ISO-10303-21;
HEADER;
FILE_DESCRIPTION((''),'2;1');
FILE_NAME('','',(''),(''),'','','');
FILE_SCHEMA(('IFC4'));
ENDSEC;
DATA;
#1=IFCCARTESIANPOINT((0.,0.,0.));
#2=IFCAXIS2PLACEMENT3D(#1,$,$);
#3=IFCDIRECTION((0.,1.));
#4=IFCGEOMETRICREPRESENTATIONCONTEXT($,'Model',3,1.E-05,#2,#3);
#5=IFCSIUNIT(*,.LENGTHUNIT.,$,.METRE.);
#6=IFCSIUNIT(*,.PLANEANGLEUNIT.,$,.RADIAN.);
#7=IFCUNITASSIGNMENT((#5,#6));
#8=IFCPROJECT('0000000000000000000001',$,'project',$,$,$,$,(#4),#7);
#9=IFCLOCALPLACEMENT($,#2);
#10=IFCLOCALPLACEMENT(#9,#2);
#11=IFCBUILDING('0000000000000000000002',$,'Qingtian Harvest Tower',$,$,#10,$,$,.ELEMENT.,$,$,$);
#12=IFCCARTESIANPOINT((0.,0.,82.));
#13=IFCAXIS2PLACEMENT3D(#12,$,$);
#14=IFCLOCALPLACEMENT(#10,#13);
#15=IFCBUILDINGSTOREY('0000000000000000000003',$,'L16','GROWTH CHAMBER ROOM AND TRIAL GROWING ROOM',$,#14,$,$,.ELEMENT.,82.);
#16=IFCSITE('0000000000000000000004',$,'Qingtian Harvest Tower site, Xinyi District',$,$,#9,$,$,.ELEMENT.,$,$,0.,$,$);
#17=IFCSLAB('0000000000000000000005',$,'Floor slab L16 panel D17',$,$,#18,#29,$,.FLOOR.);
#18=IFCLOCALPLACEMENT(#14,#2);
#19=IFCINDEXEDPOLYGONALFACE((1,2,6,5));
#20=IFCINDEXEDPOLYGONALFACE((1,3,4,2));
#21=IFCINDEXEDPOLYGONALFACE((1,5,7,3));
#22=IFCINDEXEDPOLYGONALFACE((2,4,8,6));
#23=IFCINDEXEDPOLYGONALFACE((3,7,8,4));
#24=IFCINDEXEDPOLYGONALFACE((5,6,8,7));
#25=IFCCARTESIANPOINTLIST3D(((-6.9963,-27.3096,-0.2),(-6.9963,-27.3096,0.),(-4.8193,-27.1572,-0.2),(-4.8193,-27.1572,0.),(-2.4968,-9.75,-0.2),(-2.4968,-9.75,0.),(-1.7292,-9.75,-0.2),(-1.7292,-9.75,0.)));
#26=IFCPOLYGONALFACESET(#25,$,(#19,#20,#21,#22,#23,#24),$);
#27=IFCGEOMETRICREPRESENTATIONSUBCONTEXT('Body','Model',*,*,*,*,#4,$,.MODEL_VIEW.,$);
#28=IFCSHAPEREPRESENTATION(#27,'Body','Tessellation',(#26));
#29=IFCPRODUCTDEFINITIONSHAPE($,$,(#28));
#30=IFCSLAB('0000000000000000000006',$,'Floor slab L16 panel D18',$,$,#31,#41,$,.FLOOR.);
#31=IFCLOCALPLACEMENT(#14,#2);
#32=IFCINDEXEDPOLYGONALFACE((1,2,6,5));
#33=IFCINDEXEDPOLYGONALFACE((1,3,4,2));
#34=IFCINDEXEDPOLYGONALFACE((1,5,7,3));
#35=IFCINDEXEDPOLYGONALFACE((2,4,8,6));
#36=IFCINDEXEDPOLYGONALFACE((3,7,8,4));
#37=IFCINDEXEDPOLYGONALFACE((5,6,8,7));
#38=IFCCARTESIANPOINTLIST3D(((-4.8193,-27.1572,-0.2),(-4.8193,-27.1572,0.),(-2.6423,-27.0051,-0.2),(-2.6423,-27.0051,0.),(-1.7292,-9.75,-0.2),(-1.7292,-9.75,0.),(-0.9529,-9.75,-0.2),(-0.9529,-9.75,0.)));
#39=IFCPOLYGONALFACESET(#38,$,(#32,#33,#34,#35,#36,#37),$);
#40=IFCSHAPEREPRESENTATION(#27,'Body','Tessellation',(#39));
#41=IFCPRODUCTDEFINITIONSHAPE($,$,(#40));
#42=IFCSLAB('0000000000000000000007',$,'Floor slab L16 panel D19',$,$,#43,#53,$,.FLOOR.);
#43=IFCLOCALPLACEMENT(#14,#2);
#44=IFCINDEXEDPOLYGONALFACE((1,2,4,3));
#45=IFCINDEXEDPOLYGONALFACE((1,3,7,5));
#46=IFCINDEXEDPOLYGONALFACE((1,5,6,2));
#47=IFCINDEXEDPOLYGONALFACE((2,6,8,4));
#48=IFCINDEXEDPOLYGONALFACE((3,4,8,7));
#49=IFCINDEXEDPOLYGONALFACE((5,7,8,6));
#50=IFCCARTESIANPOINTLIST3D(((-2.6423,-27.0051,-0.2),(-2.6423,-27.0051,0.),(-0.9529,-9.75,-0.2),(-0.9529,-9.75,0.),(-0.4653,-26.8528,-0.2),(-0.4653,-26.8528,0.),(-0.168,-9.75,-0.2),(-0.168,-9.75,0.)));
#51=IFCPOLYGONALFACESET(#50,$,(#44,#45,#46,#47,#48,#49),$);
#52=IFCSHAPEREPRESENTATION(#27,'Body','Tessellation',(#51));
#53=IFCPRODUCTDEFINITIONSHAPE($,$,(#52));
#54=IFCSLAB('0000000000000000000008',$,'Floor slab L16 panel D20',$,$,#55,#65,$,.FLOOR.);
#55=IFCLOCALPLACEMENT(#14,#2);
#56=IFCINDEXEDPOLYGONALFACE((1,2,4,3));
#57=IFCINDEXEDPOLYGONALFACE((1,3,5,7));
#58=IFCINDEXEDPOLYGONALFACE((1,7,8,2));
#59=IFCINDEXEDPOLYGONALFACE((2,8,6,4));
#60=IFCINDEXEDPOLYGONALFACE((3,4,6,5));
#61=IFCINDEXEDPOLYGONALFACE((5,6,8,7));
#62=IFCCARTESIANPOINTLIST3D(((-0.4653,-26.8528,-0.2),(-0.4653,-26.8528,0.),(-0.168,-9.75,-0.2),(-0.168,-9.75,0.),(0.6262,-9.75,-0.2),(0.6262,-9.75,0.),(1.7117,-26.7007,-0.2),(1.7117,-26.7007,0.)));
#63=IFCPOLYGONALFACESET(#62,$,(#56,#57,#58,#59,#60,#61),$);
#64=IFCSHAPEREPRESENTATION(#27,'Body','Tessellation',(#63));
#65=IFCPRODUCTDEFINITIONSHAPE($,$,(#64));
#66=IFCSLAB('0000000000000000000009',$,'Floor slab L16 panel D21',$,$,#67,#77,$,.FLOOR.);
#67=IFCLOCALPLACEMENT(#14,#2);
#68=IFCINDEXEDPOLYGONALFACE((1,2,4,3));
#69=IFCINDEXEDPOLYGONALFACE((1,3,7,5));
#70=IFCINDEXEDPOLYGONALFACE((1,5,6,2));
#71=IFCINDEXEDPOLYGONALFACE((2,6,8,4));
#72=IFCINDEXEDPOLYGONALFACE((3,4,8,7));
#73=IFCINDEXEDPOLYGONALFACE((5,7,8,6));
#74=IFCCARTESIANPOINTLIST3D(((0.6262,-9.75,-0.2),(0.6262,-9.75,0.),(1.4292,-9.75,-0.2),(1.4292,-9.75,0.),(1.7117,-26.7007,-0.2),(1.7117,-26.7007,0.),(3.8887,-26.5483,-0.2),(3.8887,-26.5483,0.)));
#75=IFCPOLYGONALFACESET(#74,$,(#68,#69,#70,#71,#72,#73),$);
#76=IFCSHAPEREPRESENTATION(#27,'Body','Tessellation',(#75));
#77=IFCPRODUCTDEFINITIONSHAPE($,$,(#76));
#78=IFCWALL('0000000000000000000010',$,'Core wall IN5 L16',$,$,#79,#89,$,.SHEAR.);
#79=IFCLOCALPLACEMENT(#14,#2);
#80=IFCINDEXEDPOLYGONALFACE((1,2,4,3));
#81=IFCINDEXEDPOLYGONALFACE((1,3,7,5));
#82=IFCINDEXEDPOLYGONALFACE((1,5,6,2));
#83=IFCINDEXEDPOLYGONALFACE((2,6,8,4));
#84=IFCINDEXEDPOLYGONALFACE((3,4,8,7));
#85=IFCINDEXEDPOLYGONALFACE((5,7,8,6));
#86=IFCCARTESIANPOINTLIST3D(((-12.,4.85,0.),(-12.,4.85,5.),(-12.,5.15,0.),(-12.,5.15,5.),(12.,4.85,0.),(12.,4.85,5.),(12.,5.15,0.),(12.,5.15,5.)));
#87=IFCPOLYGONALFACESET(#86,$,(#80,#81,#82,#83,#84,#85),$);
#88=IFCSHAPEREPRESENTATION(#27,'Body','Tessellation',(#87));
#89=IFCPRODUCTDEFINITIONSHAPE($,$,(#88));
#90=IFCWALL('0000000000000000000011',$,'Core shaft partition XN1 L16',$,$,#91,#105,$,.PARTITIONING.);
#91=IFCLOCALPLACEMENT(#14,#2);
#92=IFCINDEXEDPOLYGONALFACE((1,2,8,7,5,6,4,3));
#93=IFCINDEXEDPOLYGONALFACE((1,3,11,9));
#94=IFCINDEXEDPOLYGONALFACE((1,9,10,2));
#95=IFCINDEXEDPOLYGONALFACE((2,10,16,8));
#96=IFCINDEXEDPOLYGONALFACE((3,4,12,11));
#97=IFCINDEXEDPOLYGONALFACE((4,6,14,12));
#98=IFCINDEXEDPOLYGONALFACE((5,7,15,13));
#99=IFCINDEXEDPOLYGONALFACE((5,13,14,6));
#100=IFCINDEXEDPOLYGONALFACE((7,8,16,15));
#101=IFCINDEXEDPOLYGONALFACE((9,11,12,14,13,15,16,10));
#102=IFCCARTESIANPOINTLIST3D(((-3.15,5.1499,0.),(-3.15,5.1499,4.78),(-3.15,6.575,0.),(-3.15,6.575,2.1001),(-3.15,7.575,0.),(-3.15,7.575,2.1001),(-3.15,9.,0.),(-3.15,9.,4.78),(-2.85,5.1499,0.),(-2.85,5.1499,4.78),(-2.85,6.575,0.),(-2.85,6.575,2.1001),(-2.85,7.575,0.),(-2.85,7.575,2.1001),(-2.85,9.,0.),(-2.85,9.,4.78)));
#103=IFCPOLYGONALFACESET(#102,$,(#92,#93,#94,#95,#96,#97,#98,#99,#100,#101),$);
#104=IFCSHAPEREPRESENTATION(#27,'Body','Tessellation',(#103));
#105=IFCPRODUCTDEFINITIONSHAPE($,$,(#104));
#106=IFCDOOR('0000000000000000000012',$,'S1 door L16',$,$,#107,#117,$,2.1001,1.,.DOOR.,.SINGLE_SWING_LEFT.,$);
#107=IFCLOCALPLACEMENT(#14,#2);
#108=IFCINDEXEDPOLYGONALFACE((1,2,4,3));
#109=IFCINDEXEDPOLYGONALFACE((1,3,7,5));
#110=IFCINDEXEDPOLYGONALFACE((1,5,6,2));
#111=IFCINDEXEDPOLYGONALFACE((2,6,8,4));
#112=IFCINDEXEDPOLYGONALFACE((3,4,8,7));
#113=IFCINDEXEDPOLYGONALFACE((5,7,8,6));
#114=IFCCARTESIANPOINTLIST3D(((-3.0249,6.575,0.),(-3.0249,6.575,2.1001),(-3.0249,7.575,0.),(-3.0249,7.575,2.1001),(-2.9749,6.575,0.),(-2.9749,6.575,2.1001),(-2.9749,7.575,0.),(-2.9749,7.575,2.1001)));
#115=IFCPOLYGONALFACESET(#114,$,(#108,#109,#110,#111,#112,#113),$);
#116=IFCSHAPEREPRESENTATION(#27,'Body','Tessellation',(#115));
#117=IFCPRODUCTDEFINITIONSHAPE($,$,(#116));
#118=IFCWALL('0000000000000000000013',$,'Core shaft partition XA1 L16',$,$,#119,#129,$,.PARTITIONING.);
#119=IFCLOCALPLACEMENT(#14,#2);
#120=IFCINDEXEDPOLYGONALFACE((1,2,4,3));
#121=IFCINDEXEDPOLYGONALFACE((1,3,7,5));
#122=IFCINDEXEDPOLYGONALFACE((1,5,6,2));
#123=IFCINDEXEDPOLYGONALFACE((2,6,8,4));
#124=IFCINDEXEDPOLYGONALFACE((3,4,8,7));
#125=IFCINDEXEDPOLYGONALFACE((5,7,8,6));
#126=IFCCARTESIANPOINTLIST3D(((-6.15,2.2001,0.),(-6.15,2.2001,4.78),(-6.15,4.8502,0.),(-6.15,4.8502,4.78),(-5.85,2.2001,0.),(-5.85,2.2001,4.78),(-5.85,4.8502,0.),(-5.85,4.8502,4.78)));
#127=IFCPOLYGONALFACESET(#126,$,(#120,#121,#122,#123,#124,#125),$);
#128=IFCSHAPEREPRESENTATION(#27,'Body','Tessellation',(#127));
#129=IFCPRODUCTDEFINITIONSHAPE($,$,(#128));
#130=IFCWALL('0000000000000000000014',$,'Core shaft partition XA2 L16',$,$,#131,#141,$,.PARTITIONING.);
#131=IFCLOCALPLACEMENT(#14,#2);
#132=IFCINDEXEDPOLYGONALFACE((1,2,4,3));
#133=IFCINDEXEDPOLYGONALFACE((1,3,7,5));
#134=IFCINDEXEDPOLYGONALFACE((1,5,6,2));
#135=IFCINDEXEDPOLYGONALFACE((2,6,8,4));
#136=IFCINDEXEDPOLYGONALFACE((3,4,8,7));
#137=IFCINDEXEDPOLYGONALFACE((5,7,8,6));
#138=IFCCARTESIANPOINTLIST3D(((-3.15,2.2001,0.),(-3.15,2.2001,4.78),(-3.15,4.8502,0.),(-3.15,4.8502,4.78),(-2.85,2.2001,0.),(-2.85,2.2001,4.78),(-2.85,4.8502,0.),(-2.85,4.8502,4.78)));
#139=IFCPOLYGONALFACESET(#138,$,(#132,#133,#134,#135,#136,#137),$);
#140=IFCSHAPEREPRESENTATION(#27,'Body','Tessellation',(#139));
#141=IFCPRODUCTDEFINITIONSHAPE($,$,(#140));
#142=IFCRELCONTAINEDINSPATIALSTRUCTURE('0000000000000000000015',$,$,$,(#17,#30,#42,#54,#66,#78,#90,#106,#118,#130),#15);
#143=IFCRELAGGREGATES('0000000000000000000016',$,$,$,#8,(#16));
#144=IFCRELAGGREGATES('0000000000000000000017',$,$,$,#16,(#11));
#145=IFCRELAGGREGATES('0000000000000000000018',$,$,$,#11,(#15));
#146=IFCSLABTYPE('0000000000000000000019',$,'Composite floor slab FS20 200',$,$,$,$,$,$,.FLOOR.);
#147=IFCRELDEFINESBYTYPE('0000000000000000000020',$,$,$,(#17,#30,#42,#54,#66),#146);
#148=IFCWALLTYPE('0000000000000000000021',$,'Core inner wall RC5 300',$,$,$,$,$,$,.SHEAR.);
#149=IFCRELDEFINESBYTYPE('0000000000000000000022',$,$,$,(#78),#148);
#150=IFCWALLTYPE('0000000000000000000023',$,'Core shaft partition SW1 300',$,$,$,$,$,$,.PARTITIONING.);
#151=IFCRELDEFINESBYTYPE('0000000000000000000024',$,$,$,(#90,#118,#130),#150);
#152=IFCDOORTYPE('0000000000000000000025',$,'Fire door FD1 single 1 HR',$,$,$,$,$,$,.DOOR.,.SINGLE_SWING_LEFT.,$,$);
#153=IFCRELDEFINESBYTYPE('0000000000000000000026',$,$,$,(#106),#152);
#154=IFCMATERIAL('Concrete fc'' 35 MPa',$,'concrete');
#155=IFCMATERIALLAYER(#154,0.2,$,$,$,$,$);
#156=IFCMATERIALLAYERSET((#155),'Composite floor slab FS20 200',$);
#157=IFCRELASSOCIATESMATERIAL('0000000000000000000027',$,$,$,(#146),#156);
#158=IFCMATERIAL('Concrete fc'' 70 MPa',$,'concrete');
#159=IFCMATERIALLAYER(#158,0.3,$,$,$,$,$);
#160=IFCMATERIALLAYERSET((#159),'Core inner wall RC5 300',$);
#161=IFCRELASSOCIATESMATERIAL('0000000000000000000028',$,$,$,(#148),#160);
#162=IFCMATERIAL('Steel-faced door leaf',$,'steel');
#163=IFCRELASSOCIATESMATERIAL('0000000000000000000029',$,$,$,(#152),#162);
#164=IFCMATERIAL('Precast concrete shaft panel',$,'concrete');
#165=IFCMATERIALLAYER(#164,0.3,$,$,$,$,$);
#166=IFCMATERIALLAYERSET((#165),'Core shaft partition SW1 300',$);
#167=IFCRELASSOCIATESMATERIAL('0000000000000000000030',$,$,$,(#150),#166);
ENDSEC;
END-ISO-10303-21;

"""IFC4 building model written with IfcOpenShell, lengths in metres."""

from ifc_helpers import new_model, si_unit, direction, frame, frame_2d, origin, place, context, subcontext, project, spatial, polyline, rectangle, outline, extrude, material, layer, layer_set, type_object, element, fill, save


model = new_model("IFC4")

# Units and contexts
model_context = context("Model", 3, precision=1e-05, world=origin(), true_north=direction((0.0, 1.0)))
body_context = subcontext(model_context, "Body", "Model", "MODEL_VIEW")
ifc_project = project(units=[si_unit("LENGTHUNIT", "METRE"), si_unit("PLANEANGLEUNIT", "RADIAN")], contexts=[model_context])

# Site, building, storey
site_placement = place(None, origin())
site = spatial("IfcSite", under=ifc_project, at=site_placement, Name="Qingtian Harvest Tower site, Xinyi District", CompositionType="ELEMENT", RefElevation=0.0)
building_placement = place(site_placement, origin())
building = spatial("IfcBuilding", under=site, at=building_placement, Name="Qingtian Harvest Tower", CompositionType="ELEMENT")
storey_placement = place(building_placement, frame((0.0, 0.0, 82.0)))
storey = spatial("IfcBuildingStorey", under=building, at=storey_placement, Name="L16", Description="GROWTH CHAMBER ROOM AND TRIAL GROWING ROOM", CompositionType="ELEMENT", Elevation=82.0)

# Slabs
ifc_material_1 = material(Name="Concrete fc' 35 MPa", Category="concrete")
ifc_layer_1 = layer(ifc_material_1, 0.2)
ifc_layer_set_1 = layer_set([ifc_layer_1], Name="Composite floor slab FS20 200")
slab_type = type_object("IfcSlabType", Name="Composite floor slab FS20 200", PredefinedType="FLOOR", material=ifc_layer_set_1)
slab_1_placement = place(storey_placement, frame((0.0, 0.0, -0.2)))
element("IfcSlab", 1, at=slab_1_placement, inside=storey, type_object=slab_type, Name="Floor slab L16 panel D17", PredefinedType="FLOOR", context=body_context, shape_type="SweptSolid", body=[
    extrude(outline(polyline([(-1.7292, -9.75), (-4.8193, -27.1572), (-6.9963, -27.3096), (-2.4968, -9.75), (-1.7292, -9.75)])), origin(), (0.0, 0.0, 1.0), 0.2),
])
slab_2_placement = place(storey_placement, frame((0.0, 0.0, -0.2)))
element("IfcSlab", 2, at=slab_2_placement, inside=storey, type_object=slab_type, Name="Floor slab L16 panel D18", PredefinedType="FLOOR", context=body_context, shape_type="SweptSolid", body=[
    extrude(outline(polyline([(-0.9529, -9.75), (-2.6423, -27.0051), (-4.8193, -27.1572), (-1.7292, -9.75), (-0.9529, -9.75)])), origin(), (0.0, 0.0, 1.0), 0.2),
])
slab_3_placement = place(storey_placement, frame((0.0, 0.0, -0.2)))
element("IfcSlab", 3, at=slab_3_placement, inside=storey, type_object=slab_type, Name="Floor slab L16 panel D19", PredefinedType="FLOOR", context=body_context, shape_type="SweptSolid", body=[
    extrude(outline(polyline([(-0.168, -9.75), (-0.4653, -26.8528), (-2.6423, -27.0051), (-0.9529, -9.75), (-0.168, -9.75)])), origin(), (0.0, 0.0, 1.0), 0.2),
])
slab_4_placement = place(storey_placement, frame((0.0, 0.0, -0.2)))
element("IfcSlab", 4, at=slab_4_placement, inside=storey, type_object=slab_type, Name="Floor slab L16 panel D20", PredefinedType="FLOOR", context=body_context, shape_type="SweptSolid", body=[
    extrude(outline(polyline([(0.6262, -9.75), (1.7117, -26.7007), (-0.4653, -26.8528), (-0.168, -9.75), (0.6262, -9.75)])), origin(), (0.0, 0.0, 1.0), 0.2),
])
slab_5_placement = place(storey_placement, frame((0.0, 0.0, -0.2)))
element("IfcSlab", 5, at=slab_5_placement, inside=storey, type_object=slab_type, Name="Floor slab L16 panel D21", PredefinedType="FLOOR", context=body_context, shape_type="SweptSolid", body=[
    extrude(outline(polyline([(1.4292, -9.75), (3.8887, -26.5483), (1.7117, -26.7007), (0.6262, -9.75), (1.4292, -9.75)])), origin(), (0.0, 0.0, 1.0), 0.2),
])

# Wall
ifc_material_2 = material(Name="Concrete fc' 70 MPa", Category="concrete")
ifc_layer_2 = layer(ifc_material_2, 0.3)
ifc_layer_set_2 = layer_set([ifc_layer_2], Name="Core inner wall RC5 300")
wall_type_1 = type_object("IfcWallType", Name="Core inner wall RC5 300", PredefinedType="SHEAR", material=ifc_layer_set_2)
wall_1_placement = place(storey_placement, frame((-12.0, 5.0, 0.0), z_axis=(0.0, 0.0, 1.0), x_axis=(1.0, 0.0, 0.0)))
element("IfcWall", 6, at=wall_1_placement, inside=storey, type_object=wall_type_1, Name="Core wall IN5 L16", PredefinedType="SHEAR", context=body_context, shape_type="SweptSolid", body=[
    extrude(rectangle(XDim=24.0, YDim=0.3, at=frame_2d((12.0, 0.0))), origin(), (0.0, 0.0, 1.0), 5.0),
])

# Shared definitions
ifc_material_3 = material(Name="Steel-faced door leaf", Category="steel")
door_type_1 = type_object("IfcDoorType", Name="Fire door FD1 single 1 HR", OperationType="SINGLE_SWING_LEFT", PredefinedType="DOOR", material=ifc_material_3)

# Wall, opening, door
ifc_material_4 = material(Name="Precast concrete shaft panel", Category="concrete")
ifc_layer_3 = layer(ifc_material_4, 0.3)
ifc_layer_set_3 = layer_set([ifc_layer_3], Name="Core shaft partition SW1 300")
wall_type_2 = type_object("IfcWallType", Name="Core shaft partition SW1 300", PredefinedType="PARTITIONING", material=ifc_layer_set_3)
wall_2_placement = place(storey_placement, frame((-3.0, 5.1499, 0.0), z_axis=(0.0, 0.0, 1.0), x_axis=(0.0, 1.0, 0.0)))
wall_2 = element("IfcWall", 7, at=wall_2_placement, inside=storey, type_object=wall_type_2, Name="Core shaft partition XN1 L16", PredefinedType="PARTITIONING", context=body_context, shape_type="SweptSolid", body=[
    extrude(rectangle(XDim=3.8501, YDim=0.3, at=frame_2d((1.925, 0.0))), origin(), (0.0, 0.0, 1.0), 4.78),
])
opening_1_placement = place(wall_2_placement, frame((1.425, 0.0, 0.0)))
opening_1 = element("IfcOpeningElement", 8, at=opening_1_placement, cuts=wall_2, PredefinedType="OPENING", context=body_context, shape_type="SweptSolid", body=[
    extrude(rectangle(XDim=1.0, YDim=2.1001, at=frame_2d((0.5, 1.05))), frame((0.0, 0.1599, 0.0), z_axis=(0.0, -1.0, 0.0), x_axis=(1.0, 0.0, 0.0)), (0.0, 0.0, 1.0), 0.3201),
])
door_1_placement = place(opening_1_placement, origin())
door_1 = element("IfcDoor", 9, at=door_1_placement, inside=storey, type_object=door_type_1, Name="S1 door L16", OperationType="SINGLE_SWING_LEFT", OverallHeight=2.1001, OverallWidth=1.0, PredefinedType="DOOR", context=body_context, shape_type="SweptSolid", body=[
    extrude(rectangle(XDim=1.0, YDim=2.1001, at=frame_2d((0.5, 1.05))), frame((0.0, 0.0249, 0.0), z_axis=(0.0, -1.0, 0.0), x_axis=(1.0, 0.0, 0.0)), (0.0, 0.0, 1.0), 0.05),
])
fill(opening_1, door_1)

# Walls
for number, where, z_axis, x_axis, name in (
    (10, (-6.0, 2.2, 0.0), (0.0, 0.0, 1.0), (0.0, 1.0, 0.0), "Core shaft partition XA1 L16"),
    (11, (-3.0, 2.2, 0.0), (0.0, 0.0, 1.0), (0.0, 1.0, 0.0), "Core shaft partition XA2 L16"),
):
    element("IfcWall", number, at=place(storey_placement, frame(where, z_axis=z_axis, x_axis=x_axis)), inside=storey, type_object=wall_type_2, Name=name, PredefinedType="PARTITIONING", context=body_context, shape_type="SweptSolid", body=[
        extrude(rectangle(XDim=2.6501, YDim=0.3, at=frame_2d((1.3252, 0.0))), origin(), (0.0, 0.0, 1.0), 4.78),
    ])

save(model, "model.ifc")
